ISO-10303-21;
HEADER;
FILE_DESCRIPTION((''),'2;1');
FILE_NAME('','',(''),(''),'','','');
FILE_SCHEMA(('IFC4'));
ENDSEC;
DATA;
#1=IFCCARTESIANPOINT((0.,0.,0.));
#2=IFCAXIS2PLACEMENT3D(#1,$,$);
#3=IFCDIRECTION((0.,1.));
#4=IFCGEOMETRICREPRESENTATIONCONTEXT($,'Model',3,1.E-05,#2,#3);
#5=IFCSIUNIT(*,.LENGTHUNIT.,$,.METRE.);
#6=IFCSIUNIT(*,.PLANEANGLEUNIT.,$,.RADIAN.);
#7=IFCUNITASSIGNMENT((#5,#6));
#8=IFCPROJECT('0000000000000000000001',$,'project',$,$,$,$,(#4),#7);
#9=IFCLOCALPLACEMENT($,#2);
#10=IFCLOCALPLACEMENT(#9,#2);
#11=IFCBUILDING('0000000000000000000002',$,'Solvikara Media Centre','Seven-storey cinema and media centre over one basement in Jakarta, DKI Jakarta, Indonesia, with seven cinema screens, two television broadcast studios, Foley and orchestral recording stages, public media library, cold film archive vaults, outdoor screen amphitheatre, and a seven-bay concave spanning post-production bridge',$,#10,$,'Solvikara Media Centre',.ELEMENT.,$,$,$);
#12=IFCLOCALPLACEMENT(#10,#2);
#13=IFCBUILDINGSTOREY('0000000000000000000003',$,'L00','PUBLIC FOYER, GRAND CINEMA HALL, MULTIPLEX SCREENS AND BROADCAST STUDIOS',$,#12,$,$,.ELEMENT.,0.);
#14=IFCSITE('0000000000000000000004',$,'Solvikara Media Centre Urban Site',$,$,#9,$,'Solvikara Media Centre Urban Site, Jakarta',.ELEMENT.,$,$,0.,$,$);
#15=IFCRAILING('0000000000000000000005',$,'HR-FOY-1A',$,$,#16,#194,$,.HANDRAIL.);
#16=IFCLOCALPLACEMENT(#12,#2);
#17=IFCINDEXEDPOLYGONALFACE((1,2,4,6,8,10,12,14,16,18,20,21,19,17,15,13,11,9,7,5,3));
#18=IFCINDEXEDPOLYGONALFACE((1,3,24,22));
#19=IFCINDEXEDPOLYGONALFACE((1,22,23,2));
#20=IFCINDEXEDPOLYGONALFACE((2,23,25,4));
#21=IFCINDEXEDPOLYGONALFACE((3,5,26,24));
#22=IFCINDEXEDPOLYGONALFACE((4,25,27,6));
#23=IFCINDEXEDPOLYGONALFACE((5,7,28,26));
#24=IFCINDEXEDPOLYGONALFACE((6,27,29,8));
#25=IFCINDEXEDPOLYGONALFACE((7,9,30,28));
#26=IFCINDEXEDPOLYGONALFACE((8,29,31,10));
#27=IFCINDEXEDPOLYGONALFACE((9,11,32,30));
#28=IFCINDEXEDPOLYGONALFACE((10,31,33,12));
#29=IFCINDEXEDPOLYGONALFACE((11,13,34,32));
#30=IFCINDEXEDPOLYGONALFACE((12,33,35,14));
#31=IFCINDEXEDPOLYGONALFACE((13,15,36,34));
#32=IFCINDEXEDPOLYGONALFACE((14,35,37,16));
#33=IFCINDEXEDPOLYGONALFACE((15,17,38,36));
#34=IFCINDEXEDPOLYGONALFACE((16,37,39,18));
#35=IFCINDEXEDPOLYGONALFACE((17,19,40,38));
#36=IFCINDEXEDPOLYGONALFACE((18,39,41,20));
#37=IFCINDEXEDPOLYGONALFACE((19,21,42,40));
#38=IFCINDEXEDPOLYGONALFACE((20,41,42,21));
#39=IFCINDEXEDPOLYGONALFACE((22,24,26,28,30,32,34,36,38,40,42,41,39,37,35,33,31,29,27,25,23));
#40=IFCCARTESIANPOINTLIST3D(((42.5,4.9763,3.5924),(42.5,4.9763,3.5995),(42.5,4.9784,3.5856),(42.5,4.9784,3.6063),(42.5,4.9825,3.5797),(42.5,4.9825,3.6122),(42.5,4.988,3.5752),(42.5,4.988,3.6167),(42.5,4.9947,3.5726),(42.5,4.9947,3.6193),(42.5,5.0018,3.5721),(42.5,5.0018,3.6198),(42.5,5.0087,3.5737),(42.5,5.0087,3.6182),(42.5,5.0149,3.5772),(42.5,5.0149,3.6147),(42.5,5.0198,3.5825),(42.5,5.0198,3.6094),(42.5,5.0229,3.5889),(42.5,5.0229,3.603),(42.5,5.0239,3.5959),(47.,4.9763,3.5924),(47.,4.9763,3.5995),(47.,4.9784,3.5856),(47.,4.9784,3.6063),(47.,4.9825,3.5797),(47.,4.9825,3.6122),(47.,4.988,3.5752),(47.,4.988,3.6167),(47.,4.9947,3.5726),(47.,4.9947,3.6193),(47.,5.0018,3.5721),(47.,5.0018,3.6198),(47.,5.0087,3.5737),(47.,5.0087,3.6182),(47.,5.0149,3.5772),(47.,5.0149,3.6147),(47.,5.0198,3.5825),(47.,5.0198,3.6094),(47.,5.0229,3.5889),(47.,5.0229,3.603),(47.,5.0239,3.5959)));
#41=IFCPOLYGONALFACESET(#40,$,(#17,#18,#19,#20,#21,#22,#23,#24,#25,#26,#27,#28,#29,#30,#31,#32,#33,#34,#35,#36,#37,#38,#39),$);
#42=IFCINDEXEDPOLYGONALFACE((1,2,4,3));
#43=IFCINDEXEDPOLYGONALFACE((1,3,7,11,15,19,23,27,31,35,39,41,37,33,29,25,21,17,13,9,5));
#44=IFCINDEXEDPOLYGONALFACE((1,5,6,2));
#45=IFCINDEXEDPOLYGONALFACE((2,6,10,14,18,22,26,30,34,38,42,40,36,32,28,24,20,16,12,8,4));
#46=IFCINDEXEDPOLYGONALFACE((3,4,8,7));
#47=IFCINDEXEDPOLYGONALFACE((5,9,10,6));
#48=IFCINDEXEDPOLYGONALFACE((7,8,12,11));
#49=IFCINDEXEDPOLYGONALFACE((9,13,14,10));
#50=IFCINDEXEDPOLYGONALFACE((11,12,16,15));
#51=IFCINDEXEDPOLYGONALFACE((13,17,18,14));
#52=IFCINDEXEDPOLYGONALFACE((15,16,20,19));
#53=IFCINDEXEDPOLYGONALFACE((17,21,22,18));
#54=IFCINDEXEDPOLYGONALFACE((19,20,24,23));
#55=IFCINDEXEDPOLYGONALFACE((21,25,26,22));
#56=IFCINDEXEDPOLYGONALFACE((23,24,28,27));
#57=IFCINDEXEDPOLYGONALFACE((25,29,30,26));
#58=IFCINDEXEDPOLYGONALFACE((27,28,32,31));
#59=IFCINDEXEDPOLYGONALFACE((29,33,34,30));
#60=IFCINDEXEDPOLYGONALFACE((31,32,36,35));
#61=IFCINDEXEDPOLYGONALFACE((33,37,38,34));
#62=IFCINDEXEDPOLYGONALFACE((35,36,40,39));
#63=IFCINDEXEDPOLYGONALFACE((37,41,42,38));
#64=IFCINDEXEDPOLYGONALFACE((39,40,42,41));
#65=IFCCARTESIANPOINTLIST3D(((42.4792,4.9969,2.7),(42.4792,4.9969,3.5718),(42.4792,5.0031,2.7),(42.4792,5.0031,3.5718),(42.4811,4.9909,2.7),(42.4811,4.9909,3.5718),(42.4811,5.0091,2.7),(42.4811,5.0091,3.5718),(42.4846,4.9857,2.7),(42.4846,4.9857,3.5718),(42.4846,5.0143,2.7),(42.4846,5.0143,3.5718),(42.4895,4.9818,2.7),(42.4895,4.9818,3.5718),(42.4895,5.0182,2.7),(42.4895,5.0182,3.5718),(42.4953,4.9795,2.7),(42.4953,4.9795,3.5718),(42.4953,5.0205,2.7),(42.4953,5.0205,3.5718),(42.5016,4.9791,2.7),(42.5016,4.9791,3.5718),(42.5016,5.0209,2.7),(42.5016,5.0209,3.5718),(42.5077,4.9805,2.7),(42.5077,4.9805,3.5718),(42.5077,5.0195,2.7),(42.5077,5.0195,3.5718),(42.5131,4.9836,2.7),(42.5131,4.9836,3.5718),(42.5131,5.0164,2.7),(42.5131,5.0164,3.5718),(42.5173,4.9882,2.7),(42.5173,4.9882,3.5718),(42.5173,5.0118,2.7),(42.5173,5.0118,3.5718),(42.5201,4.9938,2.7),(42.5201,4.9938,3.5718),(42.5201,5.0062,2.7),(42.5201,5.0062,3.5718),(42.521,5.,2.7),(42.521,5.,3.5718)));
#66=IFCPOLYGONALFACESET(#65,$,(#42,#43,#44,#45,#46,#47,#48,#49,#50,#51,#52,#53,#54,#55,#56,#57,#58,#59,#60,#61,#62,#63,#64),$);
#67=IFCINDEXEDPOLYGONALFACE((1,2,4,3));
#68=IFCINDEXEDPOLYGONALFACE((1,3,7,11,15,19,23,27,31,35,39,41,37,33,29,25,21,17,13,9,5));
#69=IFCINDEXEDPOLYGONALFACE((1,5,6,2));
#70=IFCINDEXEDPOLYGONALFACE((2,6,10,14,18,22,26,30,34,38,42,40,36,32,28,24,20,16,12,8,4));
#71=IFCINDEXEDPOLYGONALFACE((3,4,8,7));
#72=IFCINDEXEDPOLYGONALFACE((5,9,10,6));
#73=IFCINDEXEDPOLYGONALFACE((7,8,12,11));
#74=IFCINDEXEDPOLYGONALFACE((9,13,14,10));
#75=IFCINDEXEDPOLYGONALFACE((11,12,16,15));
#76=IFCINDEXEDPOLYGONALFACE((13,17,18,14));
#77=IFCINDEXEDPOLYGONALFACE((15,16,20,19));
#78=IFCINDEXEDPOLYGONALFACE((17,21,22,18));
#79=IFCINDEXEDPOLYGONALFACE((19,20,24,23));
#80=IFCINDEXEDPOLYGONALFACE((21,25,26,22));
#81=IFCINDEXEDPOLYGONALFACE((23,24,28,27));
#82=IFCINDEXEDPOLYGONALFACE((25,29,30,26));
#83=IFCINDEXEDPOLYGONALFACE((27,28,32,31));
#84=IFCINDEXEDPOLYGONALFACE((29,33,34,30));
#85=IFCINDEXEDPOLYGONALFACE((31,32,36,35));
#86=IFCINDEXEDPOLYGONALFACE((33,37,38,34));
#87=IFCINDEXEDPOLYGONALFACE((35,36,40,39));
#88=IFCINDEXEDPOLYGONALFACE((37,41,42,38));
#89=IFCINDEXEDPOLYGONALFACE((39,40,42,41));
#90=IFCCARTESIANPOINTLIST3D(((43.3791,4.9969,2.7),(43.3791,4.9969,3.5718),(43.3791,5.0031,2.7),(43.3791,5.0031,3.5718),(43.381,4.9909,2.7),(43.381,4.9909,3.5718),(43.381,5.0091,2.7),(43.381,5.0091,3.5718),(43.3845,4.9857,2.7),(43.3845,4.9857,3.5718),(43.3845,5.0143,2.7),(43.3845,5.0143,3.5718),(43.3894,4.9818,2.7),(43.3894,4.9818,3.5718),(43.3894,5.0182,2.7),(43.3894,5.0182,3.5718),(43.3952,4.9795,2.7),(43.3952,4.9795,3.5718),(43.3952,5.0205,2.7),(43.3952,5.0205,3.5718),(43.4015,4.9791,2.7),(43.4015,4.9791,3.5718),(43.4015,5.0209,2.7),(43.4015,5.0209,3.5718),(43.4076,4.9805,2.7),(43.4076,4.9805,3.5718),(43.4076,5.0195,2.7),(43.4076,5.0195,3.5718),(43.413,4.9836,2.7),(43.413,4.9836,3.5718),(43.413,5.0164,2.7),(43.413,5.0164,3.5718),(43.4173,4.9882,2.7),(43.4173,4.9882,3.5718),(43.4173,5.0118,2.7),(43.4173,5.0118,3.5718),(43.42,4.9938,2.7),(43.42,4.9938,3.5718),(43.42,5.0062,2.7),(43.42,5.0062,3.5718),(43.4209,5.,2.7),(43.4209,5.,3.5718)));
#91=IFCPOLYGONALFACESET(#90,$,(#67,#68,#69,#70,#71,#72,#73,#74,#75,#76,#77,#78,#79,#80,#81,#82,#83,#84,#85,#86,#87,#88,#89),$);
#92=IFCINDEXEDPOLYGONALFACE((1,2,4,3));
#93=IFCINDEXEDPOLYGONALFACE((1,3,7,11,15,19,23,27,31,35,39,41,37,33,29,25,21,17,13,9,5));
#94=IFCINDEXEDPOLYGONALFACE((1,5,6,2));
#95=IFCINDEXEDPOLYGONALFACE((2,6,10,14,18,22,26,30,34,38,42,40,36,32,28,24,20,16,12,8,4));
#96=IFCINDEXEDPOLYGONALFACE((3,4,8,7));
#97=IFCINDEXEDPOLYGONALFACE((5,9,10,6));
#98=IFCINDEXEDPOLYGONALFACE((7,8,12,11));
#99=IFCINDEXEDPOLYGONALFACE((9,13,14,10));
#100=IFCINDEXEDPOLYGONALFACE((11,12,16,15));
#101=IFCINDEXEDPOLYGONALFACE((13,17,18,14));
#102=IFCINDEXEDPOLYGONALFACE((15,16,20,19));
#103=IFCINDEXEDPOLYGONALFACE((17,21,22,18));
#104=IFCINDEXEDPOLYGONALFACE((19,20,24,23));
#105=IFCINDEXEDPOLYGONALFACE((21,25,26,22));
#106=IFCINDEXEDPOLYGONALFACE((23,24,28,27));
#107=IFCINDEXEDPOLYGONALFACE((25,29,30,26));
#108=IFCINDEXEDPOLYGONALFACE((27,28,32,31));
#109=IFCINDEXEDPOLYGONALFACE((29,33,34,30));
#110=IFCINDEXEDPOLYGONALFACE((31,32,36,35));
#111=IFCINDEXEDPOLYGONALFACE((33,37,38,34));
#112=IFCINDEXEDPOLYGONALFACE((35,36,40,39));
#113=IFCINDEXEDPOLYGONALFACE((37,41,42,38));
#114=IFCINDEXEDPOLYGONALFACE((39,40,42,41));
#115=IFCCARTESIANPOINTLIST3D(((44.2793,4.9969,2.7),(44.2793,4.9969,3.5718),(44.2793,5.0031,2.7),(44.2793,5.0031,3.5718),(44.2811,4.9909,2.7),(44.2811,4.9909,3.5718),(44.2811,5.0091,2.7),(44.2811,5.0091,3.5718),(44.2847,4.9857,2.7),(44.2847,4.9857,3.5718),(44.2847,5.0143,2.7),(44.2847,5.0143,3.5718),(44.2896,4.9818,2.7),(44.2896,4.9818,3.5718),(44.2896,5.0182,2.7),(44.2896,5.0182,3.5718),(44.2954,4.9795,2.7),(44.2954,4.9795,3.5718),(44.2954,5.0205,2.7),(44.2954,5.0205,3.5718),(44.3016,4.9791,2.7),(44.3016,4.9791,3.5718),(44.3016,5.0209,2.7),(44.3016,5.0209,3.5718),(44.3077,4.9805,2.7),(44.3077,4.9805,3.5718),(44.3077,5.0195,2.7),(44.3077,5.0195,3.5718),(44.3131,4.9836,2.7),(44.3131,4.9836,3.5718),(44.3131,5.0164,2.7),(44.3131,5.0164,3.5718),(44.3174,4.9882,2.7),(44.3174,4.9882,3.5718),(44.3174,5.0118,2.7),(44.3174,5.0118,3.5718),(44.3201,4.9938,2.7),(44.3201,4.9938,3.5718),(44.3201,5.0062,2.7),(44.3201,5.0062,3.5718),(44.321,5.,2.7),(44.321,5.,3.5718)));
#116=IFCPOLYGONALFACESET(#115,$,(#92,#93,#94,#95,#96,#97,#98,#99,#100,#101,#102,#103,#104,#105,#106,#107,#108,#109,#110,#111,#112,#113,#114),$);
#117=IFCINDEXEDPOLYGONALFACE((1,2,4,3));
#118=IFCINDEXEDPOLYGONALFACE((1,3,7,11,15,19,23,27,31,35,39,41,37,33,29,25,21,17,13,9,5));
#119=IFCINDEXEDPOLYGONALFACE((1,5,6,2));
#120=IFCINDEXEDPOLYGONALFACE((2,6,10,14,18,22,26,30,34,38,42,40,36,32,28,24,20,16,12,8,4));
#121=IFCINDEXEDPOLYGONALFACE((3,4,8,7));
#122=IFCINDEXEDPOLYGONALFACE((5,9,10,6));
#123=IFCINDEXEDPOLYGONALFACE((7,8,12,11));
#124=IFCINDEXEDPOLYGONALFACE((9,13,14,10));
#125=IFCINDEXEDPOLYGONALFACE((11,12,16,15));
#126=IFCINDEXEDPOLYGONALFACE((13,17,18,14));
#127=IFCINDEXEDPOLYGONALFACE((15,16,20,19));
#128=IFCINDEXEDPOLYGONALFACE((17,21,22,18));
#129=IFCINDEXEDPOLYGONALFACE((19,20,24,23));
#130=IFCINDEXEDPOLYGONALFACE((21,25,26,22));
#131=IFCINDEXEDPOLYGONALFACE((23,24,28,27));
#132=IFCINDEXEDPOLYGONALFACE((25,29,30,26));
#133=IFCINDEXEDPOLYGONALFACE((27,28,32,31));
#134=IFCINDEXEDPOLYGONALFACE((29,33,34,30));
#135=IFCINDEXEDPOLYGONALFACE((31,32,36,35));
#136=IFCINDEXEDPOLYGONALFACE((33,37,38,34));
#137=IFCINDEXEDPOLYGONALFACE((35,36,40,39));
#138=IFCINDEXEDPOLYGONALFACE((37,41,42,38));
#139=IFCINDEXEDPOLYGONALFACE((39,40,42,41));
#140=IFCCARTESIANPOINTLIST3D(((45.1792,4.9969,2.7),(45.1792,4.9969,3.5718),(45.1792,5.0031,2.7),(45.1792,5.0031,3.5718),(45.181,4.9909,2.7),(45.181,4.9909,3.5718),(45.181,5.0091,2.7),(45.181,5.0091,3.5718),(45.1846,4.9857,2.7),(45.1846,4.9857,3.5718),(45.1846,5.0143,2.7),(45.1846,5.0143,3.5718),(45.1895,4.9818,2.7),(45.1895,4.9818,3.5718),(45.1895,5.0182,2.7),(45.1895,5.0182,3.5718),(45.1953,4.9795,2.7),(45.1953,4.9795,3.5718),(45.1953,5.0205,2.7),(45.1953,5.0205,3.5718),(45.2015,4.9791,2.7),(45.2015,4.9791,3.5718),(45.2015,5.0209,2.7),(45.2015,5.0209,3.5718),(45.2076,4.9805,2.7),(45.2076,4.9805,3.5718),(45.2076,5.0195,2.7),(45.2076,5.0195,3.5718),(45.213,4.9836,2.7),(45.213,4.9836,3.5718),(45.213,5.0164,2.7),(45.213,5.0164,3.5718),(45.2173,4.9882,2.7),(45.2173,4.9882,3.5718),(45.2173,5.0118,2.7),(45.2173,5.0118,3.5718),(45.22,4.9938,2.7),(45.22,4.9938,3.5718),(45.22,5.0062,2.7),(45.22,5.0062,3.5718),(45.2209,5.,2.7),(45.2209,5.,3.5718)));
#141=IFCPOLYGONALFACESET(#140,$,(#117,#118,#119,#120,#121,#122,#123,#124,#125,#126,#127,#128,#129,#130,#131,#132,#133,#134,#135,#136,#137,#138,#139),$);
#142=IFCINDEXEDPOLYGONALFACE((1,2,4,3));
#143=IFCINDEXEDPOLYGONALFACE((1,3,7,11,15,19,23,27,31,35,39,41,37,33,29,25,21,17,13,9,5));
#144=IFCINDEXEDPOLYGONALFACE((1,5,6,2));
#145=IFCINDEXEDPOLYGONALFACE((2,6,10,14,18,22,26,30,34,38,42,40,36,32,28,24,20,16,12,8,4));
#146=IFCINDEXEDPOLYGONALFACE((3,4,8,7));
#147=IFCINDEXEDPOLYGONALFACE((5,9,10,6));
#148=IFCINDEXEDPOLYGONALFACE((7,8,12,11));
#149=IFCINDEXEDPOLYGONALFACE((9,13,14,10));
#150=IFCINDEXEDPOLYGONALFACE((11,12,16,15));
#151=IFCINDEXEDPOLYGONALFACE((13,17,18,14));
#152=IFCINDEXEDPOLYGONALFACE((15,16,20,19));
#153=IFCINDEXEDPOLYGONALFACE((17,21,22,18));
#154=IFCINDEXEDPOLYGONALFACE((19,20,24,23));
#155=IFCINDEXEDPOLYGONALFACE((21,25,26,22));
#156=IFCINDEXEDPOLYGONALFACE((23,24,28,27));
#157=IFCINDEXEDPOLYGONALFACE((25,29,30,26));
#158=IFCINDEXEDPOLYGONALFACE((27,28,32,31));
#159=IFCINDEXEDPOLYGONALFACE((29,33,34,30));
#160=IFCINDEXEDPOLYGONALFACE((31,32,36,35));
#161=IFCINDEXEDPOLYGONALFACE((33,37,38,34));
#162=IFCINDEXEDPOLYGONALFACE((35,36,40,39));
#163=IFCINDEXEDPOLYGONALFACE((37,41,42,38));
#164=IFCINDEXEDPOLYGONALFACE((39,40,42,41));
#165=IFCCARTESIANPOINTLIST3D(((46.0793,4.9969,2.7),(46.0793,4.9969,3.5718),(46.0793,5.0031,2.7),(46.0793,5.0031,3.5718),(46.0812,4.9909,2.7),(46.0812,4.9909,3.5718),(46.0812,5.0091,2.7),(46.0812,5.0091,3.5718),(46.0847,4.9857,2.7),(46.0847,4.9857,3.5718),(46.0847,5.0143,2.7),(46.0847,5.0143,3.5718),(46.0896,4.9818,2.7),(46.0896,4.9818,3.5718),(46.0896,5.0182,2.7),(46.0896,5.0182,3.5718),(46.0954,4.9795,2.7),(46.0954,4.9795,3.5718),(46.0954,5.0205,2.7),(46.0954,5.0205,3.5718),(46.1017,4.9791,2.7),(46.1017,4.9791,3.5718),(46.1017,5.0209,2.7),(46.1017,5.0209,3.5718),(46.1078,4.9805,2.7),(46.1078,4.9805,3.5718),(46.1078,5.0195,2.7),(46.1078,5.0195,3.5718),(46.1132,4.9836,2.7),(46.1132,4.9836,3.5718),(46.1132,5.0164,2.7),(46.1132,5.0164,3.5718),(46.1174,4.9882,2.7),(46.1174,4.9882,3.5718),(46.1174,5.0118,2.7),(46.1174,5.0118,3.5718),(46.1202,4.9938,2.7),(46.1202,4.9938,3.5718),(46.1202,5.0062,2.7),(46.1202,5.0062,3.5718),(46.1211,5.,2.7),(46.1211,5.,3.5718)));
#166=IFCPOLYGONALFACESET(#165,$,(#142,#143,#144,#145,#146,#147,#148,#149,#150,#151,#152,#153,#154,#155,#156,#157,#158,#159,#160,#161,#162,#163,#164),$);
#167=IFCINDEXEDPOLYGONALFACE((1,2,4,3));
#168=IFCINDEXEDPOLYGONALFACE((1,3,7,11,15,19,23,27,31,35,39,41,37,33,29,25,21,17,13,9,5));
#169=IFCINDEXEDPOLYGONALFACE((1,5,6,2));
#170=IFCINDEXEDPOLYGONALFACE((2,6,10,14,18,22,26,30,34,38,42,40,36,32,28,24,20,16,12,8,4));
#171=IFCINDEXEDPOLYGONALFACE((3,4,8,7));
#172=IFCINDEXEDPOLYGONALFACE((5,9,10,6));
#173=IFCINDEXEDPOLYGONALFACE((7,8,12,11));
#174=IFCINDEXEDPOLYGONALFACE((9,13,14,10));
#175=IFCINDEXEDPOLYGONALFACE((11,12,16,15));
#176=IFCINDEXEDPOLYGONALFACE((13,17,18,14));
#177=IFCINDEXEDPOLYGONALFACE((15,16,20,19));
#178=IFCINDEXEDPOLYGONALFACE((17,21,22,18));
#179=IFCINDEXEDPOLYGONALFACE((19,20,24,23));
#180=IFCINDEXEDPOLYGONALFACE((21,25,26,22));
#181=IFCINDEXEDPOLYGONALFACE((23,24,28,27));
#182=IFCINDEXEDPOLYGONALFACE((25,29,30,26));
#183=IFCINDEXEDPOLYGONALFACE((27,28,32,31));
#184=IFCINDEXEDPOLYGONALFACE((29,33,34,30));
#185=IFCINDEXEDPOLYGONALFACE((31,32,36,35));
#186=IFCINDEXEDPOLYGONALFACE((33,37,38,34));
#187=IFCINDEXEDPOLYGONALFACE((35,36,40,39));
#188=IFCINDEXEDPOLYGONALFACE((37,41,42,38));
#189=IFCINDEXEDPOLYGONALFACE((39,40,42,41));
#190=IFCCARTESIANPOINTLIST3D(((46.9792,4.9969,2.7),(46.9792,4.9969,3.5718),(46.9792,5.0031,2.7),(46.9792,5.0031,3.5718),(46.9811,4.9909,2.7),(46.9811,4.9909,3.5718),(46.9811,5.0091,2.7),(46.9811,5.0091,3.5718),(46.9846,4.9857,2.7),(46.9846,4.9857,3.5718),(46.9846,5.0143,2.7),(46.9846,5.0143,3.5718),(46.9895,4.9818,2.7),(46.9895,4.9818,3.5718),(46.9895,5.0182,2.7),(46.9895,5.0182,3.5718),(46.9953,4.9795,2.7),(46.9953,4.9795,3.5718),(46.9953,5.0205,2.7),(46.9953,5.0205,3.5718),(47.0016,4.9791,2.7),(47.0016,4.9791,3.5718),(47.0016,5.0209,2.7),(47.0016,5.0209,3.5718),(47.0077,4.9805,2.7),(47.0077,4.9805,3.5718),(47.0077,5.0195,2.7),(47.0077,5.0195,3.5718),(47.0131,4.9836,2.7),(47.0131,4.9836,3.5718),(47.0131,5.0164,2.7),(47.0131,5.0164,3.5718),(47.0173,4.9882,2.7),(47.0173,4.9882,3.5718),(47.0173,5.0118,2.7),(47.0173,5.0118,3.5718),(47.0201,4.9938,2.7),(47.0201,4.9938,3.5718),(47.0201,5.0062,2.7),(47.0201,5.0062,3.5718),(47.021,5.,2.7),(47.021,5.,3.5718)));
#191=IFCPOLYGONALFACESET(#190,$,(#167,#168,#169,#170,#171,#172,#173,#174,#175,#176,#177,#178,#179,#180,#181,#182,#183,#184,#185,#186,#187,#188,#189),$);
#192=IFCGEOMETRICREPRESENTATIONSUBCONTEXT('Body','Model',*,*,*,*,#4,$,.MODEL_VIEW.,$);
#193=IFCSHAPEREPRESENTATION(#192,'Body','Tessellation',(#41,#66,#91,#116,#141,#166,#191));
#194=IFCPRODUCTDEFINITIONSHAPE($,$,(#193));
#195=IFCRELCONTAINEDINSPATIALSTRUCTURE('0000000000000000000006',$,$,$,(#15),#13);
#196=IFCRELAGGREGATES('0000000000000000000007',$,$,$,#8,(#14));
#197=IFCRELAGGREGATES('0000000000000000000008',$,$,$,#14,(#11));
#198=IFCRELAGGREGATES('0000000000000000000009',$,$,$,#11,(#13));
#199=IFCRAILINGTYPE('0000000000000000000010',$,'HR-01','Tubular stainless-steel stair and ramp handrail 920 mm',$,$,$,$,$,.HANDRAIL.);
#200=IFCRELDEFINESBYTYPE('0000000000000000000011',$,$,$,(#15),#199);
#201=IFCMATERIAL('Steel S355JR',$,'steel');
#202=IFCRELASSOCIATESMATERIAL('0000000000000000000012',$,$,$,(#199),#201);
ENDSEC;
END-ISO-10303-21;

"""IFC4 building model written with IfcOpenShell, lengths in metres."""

from ifc_helpers import new_model, si_unit, direction, frame, origin, origin_2d, place, context, subcontext, project, spatial, circle, extrude, material, type_object, element, save


model = new_model("IFC4")

# Units and contexts
model_context = context("Model", 3, precision=1e-05, world=origin(), true_north=direction((0.0, 1.0)))
body_context = subcontext(model_context, "Body", "Model", "MODEL_VIEW")
ifc_project = project(units=[si_unit("LENGTHUNIT", "METRE"), si_unit("PLANEANGLEUNIT", "RADIAN")], contexts=[model_context])

# Site, building, storey
site_placement = place(None, origin())
site = spatial("IfcSite", under=ifc_project, at=site_placement, Name="Solvikara Media Centre Urban Site", LongName="Solvikara Media Centre Urban Site, Jakarta", CompositionType="ELEMENT", RefElevation=0.0)
building_placement = place(site_placement, origin())
building = spatial("IfcBuilding", under=site, at=building_placement, Name="Solvikara Media Centre", Description="Seven-storey cinema and media centre over one basement in Jakarta, DKI Jakarta, Indonesia, with seven cinema screens, two television broadcast studios, Foley and orchestral recording stages, public media library, cold film archive vaults, outdoor screen amphitheatre, and a seven-bay concave spanning post-production bridge", LongName="Solvikara Media Centre", CompositionType="ELEMENT")
storey_placement = place(building_placement, origin())
storey = spatial("IfcBuildingStorey", under=building, at=storey_placement, Name="L00", Description="PUBLIC FOYER, GRAND CINEMA HALL, MULTIPLEX SCREENS AND BROADCAST STUDIOS", CompositionType="ELEMENT", Elevation=0.0)

# Shared definitions
ifc_material_1 = material(Name="Steel S355JR", Category="steel")

# Railing
railing_type = type_object("IfcRailingType", Name="HR-01", Description="Tubular stainless-steel stair and ramp handrail 920 mm", PredefinedType="HANDRAIL", material=ifc_material_1)
railing_1_placement = place(storey_placement, frame((42.5, 5.0, 2.7)))
element("IfcRailing", 1, at=railing_1_placement, inside=storey, type_object=railing_type, Name="HR-FOY-1A", PredefinedType="HANDRAIL", context=body_context, shape_type="SweptSolid", body=[
    extrude(circle(Radius=0.0239, at=origin_2d()), frame((0.0, 0.0, 0.896), z_axis=(1.0, 0.0, 0.0), x_axis=(0.0, 1.0, 0.0)), (0.0, 0.0, 1.0), 4.5),
    extrude(circle(Radius=0.021, at=origin_2d()), origin(), (0.0, 0.0, 1.0), 0.8718),
    extrude(circle(Radius=0.021, at=origin_2d()), frame((0.8999, 0.0, 0.0)), (0.0, 0.0, 1.0), 0.8718),
    extrude(circle(Radius=0.021, at=origin_2d()), frame((1.8, 0.0, 0.0)), (0.0, 0.0, 1.0), 0.8718),
    extrude(circle(Radius=0.021, at=origin_2d()), frame((2.7, 0.0, 0.0)), (0.0, 0.0, 1.0), 0.8718),
    extrude(circle(Radius=0.021, at=origin_2d()), frame((3.6001, 0.0, 0.0)), (0.0, 0.0, 1.0), 0.8718),
    extrude(circle(Radius=0.021, at=origin_2d()), frame((4.5, 0.0, 0.0)), (0.0, 0.0, 1.0), 0.8718),
])

save(model, "model.ifc")
